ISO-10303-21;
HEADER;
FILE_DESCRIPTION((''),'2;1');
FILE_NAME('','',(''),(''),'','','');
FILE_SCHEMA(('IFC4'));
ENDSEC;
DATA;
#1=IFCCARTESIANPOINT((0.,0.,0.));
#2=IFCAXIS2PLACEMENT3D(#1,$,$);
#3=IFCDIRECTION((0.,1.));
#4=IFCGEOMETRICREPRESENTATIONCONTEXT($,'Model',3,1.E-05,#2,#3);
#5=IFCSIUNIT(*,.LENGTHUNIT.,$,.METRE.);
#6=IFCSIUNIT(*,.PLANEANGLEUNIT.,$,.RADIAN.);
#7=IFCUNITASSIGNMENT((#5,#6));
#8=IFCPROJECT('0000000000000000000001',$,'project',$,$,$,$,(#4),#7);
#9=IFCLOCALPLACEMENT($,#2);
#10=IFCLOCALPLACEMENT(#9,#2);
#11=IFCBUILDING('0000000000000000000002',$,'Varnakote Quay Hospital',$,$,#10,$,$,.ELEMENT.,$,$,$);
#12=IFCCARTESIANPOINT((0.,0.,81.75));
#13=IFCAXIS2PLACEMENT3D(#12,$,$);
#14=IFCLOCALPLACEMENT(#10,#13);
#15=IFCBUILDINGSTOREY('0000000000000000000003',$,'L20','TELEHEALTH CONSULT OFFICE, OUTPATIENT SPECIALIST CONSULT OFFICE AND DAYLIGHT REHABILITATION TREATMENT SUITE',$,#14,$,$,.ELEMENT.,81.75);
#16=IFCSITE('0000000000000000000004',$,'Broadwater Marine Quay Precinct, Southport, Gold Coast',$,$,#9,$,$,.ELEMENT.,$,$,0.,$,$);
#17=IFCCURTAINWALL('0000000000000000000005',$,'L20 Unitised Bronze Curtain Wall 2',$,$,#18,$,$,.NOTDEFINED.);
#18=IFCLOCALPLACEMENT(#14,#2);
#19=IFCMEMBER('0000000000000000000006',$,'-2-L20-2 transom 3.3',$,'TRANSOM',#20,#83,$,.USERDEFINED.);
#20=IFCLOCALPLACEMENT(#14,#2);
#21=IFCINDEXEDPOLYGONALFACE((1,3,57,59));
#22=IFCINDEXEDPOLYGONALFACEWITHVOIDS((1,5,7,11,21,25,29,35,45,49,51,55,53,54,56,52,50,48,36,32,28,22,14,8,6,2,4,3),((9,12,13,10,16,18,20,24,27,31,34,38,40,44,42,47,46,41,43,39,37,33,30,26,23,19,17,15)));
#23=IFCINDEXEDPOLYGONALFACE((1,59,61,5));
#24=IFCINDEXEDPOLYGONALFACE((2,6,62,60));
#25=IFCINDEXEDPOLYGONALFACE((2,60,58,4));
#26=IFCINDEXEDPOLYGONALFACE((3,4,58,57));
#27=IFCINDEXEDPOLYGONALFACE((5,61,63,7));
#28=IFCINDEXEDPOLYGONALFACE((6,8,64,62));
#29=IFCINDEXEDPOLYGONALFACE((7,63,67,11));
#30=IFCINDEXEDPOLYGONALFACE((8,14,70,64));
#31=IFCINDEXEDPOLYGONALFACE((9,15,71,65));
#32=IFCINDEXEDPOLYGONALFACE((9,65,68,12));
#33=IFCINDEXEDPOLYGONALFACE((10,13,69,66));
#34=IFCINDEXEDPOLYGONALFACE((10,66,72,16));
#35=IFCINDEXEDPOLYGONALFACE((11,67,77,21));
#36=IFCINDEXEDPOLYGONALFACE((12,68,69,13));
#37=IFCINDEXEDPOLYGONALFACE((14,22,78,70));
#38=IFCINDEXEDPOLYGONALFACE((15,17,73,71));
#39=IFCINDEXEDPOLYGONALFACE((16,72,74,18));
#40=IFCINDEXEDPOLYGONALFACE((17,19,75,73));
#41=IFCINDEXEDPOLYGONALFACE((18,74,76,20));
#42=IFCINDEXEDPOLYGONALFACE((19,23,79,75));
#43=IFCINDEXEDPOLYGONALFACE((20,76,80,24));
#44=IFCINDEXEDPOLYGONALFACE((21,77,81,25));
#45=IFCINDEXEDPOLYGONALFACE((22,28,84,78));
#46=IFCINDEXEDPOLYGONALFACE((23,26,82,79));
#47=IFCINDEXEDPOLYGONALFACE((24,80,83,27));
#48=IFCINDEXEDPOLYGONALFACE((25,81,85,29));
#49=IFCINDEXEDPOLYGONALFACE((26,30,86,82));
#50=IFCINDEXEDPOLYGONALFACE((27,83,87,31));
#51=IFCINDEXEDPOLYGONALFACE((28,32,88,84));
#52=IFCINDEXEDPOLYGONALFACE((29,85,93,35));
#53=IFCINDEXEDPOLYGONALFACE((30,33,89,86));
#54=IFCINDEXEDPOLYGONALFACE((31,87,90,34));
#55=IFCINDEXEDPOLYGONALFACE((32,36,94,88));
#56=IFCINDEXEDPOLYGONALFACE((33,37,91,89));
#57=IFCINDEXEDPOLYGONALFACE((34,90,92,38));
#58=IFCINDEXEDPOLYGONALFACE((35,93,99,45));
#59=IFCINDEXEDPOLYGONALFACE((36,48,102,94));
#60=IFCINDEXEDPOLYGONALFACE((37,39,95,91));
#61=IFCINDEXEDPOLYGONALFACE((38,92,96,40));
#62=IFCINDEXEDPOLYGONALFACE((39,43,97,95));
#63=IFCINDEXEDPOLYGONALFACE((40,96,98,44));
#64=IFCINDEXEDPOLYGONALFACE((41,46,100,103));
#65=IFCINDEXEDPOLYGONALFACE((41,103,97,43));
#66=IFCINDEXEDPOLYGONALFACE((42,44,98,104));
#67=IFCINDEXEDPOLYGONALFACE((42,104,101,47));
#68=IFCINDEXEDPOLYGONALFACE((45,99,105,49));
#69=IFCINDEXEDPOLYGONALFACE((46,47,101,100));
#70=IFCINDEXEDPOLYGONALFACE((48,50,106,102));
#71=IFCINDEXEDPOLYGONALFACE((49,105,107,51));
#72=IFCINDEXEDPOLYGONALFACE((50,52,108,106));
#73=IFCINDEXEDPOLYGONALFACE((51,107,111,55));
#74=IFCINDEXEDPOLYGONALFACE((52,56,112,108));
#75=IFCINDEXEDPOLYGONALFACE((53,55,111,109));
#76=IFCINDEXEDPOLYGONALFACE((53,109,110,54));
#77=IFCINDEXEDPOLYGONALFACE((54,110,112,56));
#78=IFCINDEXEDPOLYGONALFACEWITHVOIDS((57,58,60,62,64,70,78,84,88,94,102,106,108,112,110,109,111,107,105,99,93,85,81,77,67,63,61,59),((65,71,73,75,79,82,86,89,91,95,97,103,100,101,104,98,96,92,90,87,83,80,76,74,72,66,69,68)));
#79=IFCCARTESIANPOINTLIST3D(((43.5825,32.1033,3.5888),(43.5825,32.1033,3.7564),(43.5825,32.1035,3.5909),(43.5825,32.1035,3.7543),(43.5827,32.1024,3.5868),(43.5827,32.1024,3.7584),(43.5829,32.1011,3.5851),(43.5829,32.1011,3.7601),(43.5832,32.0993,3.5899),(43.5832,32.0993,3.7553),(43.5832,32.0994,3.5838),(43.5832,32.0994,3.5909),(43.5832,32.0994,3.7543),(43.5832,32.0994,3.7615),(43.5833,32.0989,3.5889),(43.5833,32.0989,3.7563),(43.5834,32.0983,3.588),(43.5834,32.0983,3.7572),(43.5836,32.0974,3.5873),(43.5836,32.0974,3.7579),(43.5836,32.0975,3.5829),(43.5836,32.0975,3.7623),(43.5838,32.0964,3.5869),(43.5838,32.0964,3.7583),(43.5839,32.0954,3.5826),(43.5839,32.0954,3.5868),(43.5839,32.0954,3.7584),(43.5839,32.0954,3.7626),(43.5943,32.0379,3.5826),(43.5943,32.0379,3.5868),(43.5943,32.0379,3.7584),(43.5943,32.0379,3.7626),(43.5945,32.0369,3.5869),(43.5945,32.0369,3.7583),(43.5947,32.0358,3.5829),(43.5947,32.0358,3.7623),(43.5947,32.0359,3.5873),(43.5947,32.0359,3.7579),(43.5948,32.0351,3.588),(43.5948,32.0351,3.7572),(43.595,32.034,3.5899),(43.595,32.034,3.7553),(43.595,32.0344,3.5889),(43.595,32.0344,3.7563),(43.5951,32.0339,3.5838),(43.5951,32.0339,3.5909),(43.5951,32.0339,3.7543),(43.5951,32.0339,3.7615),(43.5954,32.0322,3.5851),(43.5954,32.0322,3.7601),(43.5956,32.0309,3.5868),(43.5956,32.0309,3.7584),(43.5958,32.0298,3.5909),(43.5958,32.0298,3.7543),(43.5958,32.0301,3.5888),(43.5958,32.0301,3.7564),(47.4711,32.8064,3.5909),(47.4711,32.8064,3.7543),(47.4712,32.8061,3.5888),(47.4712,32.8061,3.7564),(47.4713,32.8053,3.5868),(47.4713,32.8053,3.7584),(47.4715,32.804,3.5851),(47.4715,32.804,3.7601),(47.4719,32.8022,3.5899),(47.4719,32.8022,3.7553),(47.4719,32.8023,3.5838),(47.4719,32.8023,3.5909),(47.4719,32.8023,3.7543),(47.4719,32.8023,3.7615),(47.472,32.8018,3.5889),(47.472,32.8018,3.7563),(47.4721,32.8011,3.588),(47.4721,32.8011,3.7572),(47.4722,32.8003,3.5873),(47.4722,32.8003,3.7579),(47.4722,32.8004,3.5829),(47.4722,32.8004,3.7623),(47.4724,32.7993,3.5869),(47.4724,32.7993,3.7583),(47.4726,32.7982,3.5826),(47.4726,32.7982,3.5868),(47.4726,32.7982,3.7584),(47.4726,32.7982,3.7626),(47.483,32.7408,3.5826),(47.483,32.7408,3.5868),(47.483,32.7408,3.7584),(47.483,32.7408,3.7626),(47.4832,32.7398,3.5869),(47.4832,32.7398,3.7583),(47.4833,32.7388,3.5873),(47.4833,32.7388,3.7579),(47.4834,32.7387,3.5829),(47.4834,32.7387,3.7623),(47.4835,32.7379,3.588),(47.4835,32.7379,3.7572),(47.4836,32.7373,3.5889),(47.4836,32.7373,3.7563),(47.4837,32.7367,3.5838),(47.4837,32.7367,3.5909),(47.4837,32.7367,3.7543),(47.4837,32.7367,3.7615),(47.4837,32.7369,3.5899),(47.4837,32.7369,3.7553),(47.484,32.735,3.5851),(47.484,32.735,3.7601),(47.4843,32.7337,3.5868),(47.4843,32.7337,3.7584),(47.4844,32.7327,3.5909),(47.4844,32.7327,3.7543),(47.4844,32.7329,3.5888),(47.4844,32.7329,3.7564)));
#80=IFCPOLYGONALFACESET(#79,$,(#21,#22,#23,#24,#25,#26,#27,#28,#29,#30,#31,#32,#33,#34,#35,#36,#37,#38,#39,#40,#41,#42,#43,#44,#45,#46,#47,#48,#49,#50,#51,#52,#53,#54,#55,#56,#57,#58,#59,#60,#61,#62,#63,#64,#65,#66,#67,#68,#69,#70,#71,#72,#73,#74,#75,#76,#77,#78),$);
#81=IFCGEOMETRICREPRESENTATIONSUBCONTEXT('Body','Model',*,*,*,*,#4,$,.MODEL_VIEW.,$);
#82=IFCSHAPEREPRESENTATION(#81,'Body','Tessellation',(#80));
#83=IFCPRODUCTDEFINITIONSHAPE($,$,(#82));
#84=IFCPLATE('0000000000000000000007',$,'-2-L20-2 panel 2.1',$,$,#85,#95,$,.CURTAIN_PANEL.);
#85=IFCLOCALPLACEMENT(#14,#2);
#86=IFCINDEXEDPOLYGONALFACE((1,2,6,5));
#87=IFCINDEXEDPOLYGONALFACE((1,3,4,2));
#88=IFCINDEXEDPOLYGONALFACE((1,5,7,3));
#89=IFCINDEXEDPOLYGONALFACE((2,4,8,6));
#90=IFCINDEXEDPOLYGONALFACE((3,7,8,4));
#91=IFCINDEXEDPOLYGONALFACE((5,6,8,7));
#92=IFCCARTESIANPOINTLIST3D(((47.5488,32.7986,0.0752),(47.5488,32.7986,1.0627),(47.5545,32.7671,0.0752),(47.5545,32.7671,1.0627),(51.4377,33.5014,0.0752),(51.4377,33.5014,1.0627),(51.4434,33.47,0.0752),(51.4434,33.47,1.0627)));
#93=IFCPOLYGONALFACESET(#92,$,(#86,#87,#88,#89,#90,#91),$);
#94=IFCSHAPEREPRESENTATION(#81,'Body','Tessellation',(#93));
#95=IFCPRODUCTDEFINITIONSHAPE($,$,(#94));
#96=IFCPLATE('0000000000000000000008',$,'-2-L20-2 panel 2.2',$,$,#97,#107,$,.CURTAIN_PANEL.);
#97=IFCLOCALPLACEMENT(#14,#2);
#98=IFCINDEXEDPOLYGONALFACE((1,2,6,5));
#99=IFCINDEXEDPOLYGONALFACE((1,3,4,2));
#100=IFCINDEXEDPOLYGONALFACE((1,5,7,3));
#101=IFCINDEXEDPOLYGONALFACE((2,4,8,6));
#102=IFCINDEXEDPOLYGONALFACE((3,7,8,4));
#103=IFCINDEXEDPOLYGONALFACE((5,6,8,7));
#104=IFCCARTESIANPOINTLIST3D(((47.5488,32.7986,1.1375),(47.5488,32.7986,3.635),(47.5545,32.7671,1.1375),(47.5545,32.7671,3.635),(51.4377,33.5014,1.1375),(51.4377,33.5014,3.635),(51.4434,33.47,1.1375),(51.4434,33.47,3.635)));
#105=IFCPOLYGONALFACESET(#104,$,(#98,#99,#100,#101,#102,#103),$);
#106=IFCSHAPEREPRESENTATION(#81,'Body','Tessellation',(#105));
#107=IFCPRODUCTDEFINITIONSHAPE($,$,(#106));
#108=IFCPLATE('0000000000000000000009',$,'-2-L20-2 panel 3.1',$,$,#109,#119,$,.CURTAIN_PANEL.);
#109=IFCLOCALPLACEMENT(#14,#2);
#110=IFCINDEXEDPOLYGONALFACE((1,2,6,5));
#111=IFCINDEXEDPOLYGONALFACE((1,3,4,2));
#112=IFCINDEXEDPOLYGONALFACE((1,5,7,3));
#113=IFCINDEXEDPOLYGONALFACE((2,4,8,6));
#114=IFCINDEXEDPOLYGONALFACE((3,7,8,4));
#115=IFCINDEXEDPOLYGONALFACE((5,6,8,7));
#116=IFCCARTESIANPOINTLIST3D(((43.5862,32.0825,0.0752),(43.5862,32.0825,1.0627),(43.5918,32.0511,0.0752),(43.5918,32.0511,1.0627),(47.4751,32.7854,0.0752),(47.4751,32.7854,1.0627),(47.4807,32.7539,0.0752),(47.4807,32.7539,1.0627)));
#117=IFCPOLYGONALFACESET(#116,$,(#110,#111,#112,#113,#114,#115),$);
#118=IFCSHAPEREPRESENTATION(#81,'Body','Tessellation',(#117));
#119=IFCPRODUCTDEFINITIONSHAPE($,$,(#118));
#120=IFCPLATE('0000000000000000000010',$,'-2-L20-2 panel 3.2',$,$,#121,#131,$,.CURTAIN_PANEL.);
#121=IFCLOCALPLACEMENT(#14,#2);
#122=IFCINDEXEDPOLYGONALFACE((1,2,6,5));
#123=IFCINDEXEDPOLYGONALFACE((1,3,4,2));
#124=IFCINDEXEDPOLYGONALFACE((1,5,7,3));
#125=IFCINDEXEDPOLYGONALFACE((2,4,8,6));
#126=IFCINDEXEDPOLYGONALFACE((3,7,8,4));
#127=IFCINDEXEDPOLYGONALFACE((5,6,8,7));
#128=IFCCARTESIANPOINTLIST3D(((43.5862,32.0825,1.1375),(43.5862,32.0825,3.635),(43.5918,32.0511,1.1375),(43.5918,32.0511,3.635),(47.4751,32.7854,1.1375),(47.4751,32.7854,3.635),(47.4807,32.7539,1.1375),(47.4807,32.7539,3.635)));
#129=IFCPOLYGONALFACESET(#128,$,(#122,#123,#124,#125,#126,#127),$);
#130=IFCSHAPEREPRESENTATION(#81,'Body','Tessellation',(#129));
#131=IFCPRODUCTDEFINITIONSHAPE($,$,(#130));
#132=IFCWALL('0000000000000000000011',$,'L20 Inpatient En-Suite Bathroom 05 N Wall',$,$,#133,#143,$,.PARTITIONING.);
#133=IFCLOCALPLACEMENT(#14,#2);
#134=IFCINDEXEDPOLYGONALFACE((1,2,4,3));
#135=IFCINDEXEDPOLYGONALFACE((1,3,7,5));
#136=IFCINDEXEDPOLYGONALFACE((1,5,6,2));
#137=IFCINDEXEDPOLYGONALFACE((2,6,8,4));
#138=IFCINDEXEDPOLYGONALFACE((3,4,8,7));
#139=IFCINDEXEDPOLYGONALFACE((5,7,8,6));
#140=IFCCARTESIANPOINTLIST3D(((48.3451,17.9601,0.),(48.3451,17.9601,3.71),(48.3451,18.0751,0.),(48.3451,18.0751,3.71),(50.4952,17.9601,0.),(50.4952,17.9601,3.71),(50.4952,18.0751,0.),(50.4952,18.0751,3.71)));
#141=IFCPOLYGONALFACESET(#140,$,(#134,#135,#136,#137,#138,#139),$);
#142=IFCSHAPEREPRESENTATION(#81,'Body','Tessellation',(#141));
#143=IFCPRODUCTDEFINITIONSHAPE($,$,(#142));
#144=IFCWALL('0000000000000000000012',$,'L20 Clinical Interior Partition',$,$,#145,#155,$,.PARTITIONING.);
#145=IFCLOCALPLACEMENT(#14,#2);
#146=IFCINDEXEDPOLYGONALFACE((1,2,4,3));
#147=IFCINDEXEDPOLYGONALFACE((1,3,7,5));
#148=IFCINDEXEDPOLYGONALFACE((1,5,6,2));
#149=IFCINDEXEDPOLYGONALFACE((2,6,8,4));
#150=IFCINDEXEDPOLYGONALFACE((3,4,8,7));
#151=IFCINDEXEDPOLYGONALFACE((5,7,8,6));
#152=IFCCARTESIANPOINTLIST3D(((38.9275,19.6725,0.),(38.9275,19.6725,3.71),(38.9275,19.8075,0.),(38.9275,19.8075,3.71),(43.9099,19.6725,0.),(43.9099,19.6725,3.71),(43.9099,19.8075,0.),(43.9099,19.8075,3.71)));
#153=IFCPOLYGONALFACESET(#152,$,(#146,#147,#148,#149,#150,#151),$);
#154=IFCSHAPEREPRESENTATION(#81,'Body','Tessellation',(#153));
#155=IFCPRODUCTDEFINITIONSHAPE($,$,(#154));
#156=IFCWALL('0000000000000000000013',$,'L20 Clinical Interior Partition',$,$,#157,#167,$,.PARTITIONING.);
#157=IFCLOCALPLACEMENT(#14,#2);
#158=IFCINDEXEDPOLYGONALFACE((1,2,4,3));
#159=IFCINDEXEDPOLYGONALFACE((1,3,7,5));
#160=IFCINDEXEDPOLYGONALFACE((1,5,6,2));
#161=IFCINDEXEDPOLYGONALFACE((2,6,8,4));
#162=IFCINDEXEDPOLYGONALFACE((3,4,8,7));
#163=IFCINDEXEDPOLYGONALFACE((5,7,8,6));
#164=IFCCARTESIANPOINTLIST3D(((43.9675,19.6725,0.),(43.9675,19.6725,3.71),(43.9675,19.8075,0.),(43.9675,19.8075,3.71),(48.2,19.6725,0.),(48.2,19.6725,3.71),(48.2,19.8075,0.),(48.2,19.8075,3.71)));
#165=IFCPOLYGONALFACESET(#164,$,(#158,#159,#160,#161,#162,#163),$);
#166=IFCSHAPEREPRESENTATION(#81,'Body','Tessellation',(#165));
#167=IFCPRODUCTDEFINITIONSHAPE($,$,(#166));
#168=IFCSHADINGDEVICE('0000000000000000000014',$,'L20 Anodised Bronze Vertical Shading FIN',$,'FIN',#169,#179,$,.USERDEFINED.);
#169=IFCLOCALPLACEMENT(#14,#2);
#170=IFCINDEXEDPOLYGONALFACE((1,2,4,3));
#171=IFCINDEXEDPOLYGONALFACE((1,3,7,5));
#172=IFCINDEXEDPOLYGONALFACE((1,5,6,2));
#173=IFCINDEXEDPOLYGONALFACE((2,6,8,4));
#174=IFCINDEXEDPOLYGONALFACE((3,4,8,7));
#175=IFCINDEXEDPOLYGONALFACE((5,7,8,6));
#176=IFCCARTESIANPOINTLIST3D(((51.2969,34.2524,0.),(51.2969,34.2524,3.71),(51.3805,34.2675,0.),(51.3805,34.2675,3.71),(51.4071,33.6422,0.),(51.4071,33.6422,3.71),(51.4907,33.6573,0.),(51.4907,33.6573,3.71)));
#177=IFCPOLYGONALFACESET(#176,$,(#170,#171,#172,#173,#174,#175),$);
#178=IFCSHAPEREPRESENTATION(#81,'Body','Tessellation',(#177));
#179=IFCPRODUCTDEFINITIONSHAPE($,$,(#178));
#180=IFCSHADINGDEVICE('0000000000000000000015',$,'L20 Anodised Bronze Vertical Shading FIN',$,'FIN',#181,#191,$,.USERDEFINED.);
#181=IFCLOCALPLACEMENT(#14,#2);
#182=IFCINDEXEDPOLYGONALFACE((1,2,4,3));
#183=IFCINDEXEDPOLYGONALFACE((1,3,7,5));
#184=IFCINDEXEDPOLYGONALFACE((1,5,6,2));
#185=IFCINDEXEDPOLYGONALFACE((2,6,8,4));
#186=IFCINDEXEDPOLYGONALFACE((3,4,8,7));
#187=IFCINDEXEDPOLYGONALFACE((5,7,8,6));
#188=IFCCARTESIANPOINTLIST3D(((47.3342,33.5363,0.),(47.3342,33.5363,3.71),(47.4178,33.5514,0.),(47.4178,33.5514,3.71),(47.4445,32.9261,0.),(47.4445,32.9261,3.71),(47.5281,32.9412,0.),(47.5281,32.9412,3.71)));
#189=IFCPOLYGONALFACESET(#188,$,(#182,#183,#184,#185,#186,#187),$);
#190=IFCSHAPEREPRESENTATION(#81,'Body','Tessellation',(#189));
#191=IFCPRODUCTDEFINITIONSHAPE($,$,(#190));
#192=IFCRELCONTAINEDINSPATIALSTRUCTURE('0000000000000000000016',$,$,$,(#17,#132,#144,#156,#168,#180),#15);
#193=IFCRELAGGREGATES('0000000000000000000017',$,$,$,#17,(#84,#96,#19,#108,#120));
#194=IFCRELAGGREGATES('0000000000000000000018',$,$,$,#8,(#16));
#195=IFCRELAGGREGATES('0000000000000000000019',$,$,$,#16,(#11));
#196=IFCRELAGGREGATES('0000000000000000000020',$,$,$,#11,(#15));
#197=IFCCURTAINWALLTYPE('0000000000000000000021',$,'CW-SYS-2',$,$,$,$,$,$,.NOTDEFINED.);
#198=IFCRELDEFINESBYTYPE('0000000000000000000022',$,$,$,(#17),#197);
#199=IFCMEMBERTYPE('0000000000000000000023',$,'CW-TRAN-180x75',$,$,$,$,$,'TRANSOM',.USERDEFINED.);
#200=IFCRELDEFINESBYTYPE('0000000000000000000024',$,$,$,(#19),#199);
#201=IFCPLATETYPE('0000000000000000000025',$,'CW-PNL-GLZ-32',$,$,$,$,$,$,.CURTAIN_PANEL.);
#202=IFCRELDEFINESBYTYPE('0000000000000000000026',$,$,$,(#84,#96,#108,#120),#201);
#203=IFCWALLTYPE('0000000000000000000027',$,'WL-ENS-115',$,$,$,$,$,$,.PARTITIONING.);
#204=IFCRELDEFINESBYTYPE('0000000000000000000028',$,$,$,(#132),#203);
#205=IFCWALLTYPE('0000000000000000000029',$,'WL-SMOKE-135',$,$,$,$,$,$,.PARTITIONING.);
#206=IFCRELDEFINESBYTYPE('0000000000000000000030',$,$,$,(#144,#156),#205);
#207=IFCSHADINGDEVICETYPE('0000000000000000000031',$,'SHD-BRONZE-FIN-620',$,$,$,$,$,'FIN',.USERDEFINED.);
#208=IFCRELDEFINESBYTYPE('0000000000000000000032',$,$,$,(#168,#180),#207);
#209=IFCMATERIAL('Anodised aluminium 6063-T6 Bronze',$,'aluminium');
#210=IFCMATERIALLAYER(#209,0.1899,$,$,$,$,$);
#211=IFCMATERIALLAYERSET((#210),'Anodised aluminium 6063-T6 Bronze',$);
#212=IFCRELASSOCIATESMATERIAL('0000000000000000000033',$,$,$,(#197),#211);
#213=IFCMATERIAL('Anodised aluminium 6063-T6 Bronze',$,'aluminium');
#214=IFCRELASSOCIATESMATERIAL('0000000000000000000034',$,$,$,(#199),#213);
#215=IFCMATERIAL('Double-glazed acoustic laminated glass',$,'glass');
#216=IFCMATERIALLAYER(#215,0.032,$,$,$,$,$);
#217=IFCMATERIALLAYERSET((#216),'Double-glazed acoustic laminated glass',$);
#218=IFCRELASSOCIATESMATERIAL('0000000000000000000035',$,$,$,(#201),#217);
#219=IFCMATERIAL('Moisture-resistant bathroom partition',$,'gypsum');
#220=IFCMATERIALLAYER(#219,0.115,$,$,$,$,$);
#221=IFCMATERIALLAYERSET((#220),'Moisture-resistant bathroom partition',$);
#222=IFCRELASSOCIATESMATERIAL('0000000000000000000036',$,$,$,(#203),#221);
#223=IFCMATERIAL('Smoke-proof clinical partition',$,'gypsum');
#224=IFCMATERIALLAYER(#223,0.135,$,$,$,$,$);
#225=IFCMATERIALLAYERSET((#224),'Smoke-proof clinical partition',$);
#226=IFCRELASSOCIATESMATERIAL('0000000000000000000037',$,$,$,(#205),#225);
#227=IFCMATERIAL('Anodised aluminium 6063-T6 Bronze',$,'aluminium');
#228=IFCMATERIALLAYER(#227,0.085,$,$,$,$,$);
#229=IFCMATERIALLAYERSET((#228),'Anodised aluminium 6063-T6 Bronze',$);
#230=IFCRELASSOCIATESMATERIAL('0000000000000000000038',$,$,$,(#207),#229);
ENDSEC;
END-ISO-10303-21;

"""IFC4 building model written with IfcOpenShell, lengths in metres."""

from ifc_helpers import new_model, si_unit, direction, frame, frame_2d, origin, origin_2d, place, context, subcontext, project, spatial, rectangle, hollow_rectangle, extrude, material, layer, layer_set, material_profile, profile_set, type_object, element, aggregate, save


model = new_model("IFC4")

# Units and contexts
model_context = context("Model", 3, precision=1e-05, world=origin(), true_north=direction((0.0, 1.0)))
body_context = subcontext(model_context, "Body", "Model", "MODEL_VIEW")
ifc_project = project(units=[si_unit("LENGTHUNIT", "METRE"), si_unit("PLANEANGLEUNIT", "RADIAN")], contexts=[model_context])

# Site, building, storey
site_placement = place(None, origin())
site = spatial("IfcSite", under=ifc_project, at=site_placement, Name="Broadwater Marine Quay Precinct, Southport, Gold Coast", CompositionType="ELEMENT", RefElevation=0.0)
building_placement = place(site_placement, origin())
building = spatial("IfcBuilding", under=site, at=building_placement, Name="Varnakote Quay Hospital", CompositionType="ELEMENT")
storey_placement = place(building_placement, frame((0.0, 0.0, 81.75)))
storey = spatial("IfcBuildingStorey", under=building, at=storey_placement, Name="L20", Description="TELEHEALTH CONSULT OFFICE, OUTPATIENT SPECIALIST CONSULT OFFICE AND DAYLIGHT REHABILITATION TREATMENT SUITE", CompositionType="ELEMENT", Elevation=81.75)

# Curtain wall, member, plates
ifc_material_1 = material(Name="Anodised aluminium 6063-T6 Bronze", Category="aluminium")
ifc_layer_1 = layer(ifc_material_1, 0.1899)
ifc_layer_set_1 = layer_set([ifc_layer_1], Name="Anodised aluminium 6063-T6 Bronze")
curtain_wall_type = type_object("IfcCurtainWallType", Name="CW-SYS-2", PredefinedType="NOTDEFINED", material=ifc_layer_set_1)
curtain_wall_placement = place(storey_placement, origin())
curtain_wall = element("IfcCurtainWall", 1, at=curtain_wall_placement, inside=storey, type_object=curtain_wall_type, Name="L20 Unitised Bronze Curtain Wall 2", PredefinedType="NOTDEFINED")
ifc_material_2 = material(Name="Anodised aluminium 6063-T6 Bronze", Category="aluminium")
ifc_material_profile_1 = material_profile(ifc_material_2, hollow_rectangle(XDim=0.075, YDim=0.1799, WallThickness=0.0042, InnerFilletRadius=0.0042, OuterFilletRadius=0.0083, at=origin_2d()), Name="CW-TRAN-180x75")
ifc_profile_set_1 = profile_set([ifc_material_profile_1], Name="Anodised aluminium 6063-T6 Bronze")
member_type_1 = type_object("IfcMemberType", Name="CW-TRAN-180x75", ElementType="TRANSOM", PredefinedType="USERDEFINED", material=ifc_profile_set_1)
member_1_placement = place(storey_placement, frame((47.4778, 32.7695, 3.6726), z_axis=(-0.984054, -0.177869, 0.0), x_axis=(0.177869, -0.984054, 0.0)))
member_1 = element("IfcMember", 2, at=member_1_placement, type_object=member_type_1, Name="-2-L20-2 transom 3.3", ObjectType="TRANSOM", PredefinedType="USERDEFINED", context=body_context, shape_type="SweptSolid", body=[
    extrude(hollow_rectangle(XDim=0.075, YDim=0.1799, WallThickness=0.0042, InnerFilletRadius=0.0042, OuterFilletRadius=0.0083, at=origin_2d()), origin(), (0.0, 0.0, 1.0), 3.9517),
])
ifc_material_3 = material(Name="Double-glazed acoustic laminated glass", Category="glass")
ifc_layer_2 = layer(ifc_material_3, 0.032)
ifc_layer_set_2 = layer_set([ifc_layer_2], Name="Double-glazed acoustic laminated glass")
plate_type = type_object("IfcPlateType", Name="CW-PNL-GLZ-32", PredefinedType="CURTAIN_PANEL", material=ifc_layer_set_2)
plate_1_placement = place(storey_placement, frame((49.4961, 33.1343, 0.0752), z_axis=(0.0, 0.0, 1.0), x_axis=(-0.984058, -0.177846, 0.0)))
plate_1 = element("IfcPlate", 3, at=plate_1_placement, type_object=plate_type, Name="-2-L20-2 panel 2.1", PredefinedType="CURTAIN_PANEL", context=body_context, shape_type="SweptSolid", body=[
    extrude(rectangle(XDim=3.9519, YDim=0.032, at=origin_2d()), origin(), (0.0, 0.0, 1.0), 0.9875),
])
plate_2_placement = place(storey_placement, frame((49.4961, 33.1343, 1.1375), z_axis=(0.0, 0.0, 1.0), x_axis=(-0.984058, -0.177846, 0.0)))
plate_2 = element("IfcPlate", 4, at=plate_2_placement, type_object=plate_type, Name="-2-L20-2 panel 2.2", PredefinedType="CURTAIN_PANEL", context=body_context, shape_type="SweptSolid", body=[
    extrude(rectangle(XDim=3.9519, YDim=0.032, at=origin_2d()), origin(), (0.0, 0.0, 1.0), 2.4976),
])
plate_3_placement = place(storey_placement, frame((45.5334, 32.4182, 0.0752), z_axis=(0.0, 0.0, 1.0), x_axis=(-0.984058, -0.177846, 0.0)))
plate_3 = element("IfcPlate", 5, at=plate_3_placement, type_object=plate_type, Name="-2-L20-2 panel 3.1", PredefinedType="CURTAIN_PANEL", context=body_context, shape_type="SweptSolid", body=[
    extrude(rectangle(XDim=3.9519, YDim=0.032, at=origin_2d()), origin(), (0.0, 0.0, 1.0), 0.9875),
])
plate_4_placement = place(storey_placement, frame((45.5334, 32.4182, 1.1375), z_axis=(0.0, 0.0, 1.0), x_axis=(-0.984058, -0.177846, 0.0)))
plate_4 = element("IfcPlate", 6, at=plate_4_placement, type_object=plate_type, Name="-2-L20-2 panel 3.2", PredefinedType="CURTAIN_PANEL", context=body_context, shape_type="SweptSolid", body=[
    extrude(rectangle(XDim=3.9519, YDim=0.032, at=origin_2d()), origin(), (0.0, 0.0, 1.0), 2.4976),
])
aggregate(curtain_wall, [plate_1, plate_2, member_1, plate_3, plate_4])

# Walls
ifc_material_4 = material(Name="Moisture-resistant bathroom partition", Category="gypsum")
ifc_layer_3 = layer(ifc_material_4, 0.115)
ifc_layer_set_3 = layer_set([ifc_layer_3], Name="Moisture-resistant bathroom partition")
wall_type_1 = type_object("IfcWallType", Name="WL-ENS-115", PredefinedType="PARTITIONING", material=ifc_layer_set_3)
wall_1_placement = place(storey_placement, frame((48.345, 18.0176, 0.0), z_axis=(0.0, 0.0, 1.0), x_axis=(1.0, 0.0, 0.0)))
element("IfcWall", 7, at=wall_1_placement, inside=storey, type_object=wall_type_1, Name="L20 Inpatient En-Suite Bathroom 05 N Wall", PredefinedType="PARTITIONING", context=body_context, shape_type="SweptSolid", body=[
    extrude(rectangle(XDim=2.1501, YDim=0.115, at=frame_2d((1.0752, 0.0))), origin(), (0.0, 0.0, 1.0), 3.71),
])
ifc_material_5 = material(Name="Smoke-proof clinical partition", Category="gypsum")
ifc_layer_4 = layer(ifc_material_5, 0.135)
ifc_layer_set_4 = layer_set([ifc_layer_4], Name="Smoke-proof clinical partition")
wall_type_2 = type_object("IfcWallType", Name="WL-SMOKE-135", PredefinedType="PARTITIONING", material=ifc_layer_set_4)
wall_2_placement = place(storey_placement, frame((43.9099, 19.74, 0.0), z_axis=(0.0, 0.0, 1.0), x_axis=(-1.0, 0.0, 0.0)))
element("IfcWall", 8, at=wall_2_placement, inside=storey, type_object=wall_type_2, Name="L20 Clinical Interior Partition", PredefinedType="PARTITIONING", context=body_context, shape_type="SweptSolid", body=[
    extrude(rectangle(XDim=4.9824, YDim=0.135, at=frame_2d((2.4912, 0.0))), origin(), (0.0, 0.0, 1.0), 3.71),
])
wall_3_placement = place(storey_placement, frame((48.2, 19.74, 0.0), z_axis=(0.0, 0.0, 1.0), x_axis=(-1.0, 0.0, 0.0)))
element("IfcWall", 9, at=wall_3_placement, inside=storey, type_object=wall_type_2, Name="L20 Clinical Interior Partition", PredefinedType="PARTITIONING", context=body_context, shape_type="SweptSolid", body=[
    extrude(rectangle(XDim=4.2324, YDim=0.135, at=frame_2d((2.1162, 0.0))), origin(), (0.0, 0.0, 1.0), 3.71),
])

# Shading devices
ifc_material_6 = material(Name="Anodised aluminium 6063-T6 Bronze", Category="aluminium")
ifc_layer_5 = layer(ifc_material_6, 0.085)
ifc_layer_set_5 = layer_set([ifc_layer_5], Name="Anodised aluminium 6063-T6 Bronze")
shading_device_type = type_object("IfcShadingDeviceType", Name="SHD-BRONZE-FIN-620", ElementType="FIN", PredefinedType="USERDEFINED", material=ifc_layer_set_5)
for number, where, z_axis, x_axis, name in (
    (10, (51.3938, 33.9548, 0.0), (0.0, 0.0, 1.0), (0.177772, -0.984072, 0.0), "L20 Anodised Bronze Vertical Shading FIN"),
    (11, (47.4312, 33.2388, 0.0), (0.0, 0.0, 1.0), (0.177772, -0.984072, 0.0), "L20 Anodised Bronze Vertical Shading FIN"),
):
    element("IfcShadingDevice", number, at=place(storey_placement, frame(where, z_axis=z_axis, x_axis=x_axis)), inside=storey, type_object=shading_device_type, Name=name, ObjectType="FIN", PredefinedType="USERDEFINED", context=body_context, shape_type="SweptSolid", body=[
        extrude(rectangle(XDim=0.6201, YDim=0.085, at=origin_2d()), origin(), (0.0, 0.0, 1.0), 3.71),
    ])

save(model, "model.ifc")
